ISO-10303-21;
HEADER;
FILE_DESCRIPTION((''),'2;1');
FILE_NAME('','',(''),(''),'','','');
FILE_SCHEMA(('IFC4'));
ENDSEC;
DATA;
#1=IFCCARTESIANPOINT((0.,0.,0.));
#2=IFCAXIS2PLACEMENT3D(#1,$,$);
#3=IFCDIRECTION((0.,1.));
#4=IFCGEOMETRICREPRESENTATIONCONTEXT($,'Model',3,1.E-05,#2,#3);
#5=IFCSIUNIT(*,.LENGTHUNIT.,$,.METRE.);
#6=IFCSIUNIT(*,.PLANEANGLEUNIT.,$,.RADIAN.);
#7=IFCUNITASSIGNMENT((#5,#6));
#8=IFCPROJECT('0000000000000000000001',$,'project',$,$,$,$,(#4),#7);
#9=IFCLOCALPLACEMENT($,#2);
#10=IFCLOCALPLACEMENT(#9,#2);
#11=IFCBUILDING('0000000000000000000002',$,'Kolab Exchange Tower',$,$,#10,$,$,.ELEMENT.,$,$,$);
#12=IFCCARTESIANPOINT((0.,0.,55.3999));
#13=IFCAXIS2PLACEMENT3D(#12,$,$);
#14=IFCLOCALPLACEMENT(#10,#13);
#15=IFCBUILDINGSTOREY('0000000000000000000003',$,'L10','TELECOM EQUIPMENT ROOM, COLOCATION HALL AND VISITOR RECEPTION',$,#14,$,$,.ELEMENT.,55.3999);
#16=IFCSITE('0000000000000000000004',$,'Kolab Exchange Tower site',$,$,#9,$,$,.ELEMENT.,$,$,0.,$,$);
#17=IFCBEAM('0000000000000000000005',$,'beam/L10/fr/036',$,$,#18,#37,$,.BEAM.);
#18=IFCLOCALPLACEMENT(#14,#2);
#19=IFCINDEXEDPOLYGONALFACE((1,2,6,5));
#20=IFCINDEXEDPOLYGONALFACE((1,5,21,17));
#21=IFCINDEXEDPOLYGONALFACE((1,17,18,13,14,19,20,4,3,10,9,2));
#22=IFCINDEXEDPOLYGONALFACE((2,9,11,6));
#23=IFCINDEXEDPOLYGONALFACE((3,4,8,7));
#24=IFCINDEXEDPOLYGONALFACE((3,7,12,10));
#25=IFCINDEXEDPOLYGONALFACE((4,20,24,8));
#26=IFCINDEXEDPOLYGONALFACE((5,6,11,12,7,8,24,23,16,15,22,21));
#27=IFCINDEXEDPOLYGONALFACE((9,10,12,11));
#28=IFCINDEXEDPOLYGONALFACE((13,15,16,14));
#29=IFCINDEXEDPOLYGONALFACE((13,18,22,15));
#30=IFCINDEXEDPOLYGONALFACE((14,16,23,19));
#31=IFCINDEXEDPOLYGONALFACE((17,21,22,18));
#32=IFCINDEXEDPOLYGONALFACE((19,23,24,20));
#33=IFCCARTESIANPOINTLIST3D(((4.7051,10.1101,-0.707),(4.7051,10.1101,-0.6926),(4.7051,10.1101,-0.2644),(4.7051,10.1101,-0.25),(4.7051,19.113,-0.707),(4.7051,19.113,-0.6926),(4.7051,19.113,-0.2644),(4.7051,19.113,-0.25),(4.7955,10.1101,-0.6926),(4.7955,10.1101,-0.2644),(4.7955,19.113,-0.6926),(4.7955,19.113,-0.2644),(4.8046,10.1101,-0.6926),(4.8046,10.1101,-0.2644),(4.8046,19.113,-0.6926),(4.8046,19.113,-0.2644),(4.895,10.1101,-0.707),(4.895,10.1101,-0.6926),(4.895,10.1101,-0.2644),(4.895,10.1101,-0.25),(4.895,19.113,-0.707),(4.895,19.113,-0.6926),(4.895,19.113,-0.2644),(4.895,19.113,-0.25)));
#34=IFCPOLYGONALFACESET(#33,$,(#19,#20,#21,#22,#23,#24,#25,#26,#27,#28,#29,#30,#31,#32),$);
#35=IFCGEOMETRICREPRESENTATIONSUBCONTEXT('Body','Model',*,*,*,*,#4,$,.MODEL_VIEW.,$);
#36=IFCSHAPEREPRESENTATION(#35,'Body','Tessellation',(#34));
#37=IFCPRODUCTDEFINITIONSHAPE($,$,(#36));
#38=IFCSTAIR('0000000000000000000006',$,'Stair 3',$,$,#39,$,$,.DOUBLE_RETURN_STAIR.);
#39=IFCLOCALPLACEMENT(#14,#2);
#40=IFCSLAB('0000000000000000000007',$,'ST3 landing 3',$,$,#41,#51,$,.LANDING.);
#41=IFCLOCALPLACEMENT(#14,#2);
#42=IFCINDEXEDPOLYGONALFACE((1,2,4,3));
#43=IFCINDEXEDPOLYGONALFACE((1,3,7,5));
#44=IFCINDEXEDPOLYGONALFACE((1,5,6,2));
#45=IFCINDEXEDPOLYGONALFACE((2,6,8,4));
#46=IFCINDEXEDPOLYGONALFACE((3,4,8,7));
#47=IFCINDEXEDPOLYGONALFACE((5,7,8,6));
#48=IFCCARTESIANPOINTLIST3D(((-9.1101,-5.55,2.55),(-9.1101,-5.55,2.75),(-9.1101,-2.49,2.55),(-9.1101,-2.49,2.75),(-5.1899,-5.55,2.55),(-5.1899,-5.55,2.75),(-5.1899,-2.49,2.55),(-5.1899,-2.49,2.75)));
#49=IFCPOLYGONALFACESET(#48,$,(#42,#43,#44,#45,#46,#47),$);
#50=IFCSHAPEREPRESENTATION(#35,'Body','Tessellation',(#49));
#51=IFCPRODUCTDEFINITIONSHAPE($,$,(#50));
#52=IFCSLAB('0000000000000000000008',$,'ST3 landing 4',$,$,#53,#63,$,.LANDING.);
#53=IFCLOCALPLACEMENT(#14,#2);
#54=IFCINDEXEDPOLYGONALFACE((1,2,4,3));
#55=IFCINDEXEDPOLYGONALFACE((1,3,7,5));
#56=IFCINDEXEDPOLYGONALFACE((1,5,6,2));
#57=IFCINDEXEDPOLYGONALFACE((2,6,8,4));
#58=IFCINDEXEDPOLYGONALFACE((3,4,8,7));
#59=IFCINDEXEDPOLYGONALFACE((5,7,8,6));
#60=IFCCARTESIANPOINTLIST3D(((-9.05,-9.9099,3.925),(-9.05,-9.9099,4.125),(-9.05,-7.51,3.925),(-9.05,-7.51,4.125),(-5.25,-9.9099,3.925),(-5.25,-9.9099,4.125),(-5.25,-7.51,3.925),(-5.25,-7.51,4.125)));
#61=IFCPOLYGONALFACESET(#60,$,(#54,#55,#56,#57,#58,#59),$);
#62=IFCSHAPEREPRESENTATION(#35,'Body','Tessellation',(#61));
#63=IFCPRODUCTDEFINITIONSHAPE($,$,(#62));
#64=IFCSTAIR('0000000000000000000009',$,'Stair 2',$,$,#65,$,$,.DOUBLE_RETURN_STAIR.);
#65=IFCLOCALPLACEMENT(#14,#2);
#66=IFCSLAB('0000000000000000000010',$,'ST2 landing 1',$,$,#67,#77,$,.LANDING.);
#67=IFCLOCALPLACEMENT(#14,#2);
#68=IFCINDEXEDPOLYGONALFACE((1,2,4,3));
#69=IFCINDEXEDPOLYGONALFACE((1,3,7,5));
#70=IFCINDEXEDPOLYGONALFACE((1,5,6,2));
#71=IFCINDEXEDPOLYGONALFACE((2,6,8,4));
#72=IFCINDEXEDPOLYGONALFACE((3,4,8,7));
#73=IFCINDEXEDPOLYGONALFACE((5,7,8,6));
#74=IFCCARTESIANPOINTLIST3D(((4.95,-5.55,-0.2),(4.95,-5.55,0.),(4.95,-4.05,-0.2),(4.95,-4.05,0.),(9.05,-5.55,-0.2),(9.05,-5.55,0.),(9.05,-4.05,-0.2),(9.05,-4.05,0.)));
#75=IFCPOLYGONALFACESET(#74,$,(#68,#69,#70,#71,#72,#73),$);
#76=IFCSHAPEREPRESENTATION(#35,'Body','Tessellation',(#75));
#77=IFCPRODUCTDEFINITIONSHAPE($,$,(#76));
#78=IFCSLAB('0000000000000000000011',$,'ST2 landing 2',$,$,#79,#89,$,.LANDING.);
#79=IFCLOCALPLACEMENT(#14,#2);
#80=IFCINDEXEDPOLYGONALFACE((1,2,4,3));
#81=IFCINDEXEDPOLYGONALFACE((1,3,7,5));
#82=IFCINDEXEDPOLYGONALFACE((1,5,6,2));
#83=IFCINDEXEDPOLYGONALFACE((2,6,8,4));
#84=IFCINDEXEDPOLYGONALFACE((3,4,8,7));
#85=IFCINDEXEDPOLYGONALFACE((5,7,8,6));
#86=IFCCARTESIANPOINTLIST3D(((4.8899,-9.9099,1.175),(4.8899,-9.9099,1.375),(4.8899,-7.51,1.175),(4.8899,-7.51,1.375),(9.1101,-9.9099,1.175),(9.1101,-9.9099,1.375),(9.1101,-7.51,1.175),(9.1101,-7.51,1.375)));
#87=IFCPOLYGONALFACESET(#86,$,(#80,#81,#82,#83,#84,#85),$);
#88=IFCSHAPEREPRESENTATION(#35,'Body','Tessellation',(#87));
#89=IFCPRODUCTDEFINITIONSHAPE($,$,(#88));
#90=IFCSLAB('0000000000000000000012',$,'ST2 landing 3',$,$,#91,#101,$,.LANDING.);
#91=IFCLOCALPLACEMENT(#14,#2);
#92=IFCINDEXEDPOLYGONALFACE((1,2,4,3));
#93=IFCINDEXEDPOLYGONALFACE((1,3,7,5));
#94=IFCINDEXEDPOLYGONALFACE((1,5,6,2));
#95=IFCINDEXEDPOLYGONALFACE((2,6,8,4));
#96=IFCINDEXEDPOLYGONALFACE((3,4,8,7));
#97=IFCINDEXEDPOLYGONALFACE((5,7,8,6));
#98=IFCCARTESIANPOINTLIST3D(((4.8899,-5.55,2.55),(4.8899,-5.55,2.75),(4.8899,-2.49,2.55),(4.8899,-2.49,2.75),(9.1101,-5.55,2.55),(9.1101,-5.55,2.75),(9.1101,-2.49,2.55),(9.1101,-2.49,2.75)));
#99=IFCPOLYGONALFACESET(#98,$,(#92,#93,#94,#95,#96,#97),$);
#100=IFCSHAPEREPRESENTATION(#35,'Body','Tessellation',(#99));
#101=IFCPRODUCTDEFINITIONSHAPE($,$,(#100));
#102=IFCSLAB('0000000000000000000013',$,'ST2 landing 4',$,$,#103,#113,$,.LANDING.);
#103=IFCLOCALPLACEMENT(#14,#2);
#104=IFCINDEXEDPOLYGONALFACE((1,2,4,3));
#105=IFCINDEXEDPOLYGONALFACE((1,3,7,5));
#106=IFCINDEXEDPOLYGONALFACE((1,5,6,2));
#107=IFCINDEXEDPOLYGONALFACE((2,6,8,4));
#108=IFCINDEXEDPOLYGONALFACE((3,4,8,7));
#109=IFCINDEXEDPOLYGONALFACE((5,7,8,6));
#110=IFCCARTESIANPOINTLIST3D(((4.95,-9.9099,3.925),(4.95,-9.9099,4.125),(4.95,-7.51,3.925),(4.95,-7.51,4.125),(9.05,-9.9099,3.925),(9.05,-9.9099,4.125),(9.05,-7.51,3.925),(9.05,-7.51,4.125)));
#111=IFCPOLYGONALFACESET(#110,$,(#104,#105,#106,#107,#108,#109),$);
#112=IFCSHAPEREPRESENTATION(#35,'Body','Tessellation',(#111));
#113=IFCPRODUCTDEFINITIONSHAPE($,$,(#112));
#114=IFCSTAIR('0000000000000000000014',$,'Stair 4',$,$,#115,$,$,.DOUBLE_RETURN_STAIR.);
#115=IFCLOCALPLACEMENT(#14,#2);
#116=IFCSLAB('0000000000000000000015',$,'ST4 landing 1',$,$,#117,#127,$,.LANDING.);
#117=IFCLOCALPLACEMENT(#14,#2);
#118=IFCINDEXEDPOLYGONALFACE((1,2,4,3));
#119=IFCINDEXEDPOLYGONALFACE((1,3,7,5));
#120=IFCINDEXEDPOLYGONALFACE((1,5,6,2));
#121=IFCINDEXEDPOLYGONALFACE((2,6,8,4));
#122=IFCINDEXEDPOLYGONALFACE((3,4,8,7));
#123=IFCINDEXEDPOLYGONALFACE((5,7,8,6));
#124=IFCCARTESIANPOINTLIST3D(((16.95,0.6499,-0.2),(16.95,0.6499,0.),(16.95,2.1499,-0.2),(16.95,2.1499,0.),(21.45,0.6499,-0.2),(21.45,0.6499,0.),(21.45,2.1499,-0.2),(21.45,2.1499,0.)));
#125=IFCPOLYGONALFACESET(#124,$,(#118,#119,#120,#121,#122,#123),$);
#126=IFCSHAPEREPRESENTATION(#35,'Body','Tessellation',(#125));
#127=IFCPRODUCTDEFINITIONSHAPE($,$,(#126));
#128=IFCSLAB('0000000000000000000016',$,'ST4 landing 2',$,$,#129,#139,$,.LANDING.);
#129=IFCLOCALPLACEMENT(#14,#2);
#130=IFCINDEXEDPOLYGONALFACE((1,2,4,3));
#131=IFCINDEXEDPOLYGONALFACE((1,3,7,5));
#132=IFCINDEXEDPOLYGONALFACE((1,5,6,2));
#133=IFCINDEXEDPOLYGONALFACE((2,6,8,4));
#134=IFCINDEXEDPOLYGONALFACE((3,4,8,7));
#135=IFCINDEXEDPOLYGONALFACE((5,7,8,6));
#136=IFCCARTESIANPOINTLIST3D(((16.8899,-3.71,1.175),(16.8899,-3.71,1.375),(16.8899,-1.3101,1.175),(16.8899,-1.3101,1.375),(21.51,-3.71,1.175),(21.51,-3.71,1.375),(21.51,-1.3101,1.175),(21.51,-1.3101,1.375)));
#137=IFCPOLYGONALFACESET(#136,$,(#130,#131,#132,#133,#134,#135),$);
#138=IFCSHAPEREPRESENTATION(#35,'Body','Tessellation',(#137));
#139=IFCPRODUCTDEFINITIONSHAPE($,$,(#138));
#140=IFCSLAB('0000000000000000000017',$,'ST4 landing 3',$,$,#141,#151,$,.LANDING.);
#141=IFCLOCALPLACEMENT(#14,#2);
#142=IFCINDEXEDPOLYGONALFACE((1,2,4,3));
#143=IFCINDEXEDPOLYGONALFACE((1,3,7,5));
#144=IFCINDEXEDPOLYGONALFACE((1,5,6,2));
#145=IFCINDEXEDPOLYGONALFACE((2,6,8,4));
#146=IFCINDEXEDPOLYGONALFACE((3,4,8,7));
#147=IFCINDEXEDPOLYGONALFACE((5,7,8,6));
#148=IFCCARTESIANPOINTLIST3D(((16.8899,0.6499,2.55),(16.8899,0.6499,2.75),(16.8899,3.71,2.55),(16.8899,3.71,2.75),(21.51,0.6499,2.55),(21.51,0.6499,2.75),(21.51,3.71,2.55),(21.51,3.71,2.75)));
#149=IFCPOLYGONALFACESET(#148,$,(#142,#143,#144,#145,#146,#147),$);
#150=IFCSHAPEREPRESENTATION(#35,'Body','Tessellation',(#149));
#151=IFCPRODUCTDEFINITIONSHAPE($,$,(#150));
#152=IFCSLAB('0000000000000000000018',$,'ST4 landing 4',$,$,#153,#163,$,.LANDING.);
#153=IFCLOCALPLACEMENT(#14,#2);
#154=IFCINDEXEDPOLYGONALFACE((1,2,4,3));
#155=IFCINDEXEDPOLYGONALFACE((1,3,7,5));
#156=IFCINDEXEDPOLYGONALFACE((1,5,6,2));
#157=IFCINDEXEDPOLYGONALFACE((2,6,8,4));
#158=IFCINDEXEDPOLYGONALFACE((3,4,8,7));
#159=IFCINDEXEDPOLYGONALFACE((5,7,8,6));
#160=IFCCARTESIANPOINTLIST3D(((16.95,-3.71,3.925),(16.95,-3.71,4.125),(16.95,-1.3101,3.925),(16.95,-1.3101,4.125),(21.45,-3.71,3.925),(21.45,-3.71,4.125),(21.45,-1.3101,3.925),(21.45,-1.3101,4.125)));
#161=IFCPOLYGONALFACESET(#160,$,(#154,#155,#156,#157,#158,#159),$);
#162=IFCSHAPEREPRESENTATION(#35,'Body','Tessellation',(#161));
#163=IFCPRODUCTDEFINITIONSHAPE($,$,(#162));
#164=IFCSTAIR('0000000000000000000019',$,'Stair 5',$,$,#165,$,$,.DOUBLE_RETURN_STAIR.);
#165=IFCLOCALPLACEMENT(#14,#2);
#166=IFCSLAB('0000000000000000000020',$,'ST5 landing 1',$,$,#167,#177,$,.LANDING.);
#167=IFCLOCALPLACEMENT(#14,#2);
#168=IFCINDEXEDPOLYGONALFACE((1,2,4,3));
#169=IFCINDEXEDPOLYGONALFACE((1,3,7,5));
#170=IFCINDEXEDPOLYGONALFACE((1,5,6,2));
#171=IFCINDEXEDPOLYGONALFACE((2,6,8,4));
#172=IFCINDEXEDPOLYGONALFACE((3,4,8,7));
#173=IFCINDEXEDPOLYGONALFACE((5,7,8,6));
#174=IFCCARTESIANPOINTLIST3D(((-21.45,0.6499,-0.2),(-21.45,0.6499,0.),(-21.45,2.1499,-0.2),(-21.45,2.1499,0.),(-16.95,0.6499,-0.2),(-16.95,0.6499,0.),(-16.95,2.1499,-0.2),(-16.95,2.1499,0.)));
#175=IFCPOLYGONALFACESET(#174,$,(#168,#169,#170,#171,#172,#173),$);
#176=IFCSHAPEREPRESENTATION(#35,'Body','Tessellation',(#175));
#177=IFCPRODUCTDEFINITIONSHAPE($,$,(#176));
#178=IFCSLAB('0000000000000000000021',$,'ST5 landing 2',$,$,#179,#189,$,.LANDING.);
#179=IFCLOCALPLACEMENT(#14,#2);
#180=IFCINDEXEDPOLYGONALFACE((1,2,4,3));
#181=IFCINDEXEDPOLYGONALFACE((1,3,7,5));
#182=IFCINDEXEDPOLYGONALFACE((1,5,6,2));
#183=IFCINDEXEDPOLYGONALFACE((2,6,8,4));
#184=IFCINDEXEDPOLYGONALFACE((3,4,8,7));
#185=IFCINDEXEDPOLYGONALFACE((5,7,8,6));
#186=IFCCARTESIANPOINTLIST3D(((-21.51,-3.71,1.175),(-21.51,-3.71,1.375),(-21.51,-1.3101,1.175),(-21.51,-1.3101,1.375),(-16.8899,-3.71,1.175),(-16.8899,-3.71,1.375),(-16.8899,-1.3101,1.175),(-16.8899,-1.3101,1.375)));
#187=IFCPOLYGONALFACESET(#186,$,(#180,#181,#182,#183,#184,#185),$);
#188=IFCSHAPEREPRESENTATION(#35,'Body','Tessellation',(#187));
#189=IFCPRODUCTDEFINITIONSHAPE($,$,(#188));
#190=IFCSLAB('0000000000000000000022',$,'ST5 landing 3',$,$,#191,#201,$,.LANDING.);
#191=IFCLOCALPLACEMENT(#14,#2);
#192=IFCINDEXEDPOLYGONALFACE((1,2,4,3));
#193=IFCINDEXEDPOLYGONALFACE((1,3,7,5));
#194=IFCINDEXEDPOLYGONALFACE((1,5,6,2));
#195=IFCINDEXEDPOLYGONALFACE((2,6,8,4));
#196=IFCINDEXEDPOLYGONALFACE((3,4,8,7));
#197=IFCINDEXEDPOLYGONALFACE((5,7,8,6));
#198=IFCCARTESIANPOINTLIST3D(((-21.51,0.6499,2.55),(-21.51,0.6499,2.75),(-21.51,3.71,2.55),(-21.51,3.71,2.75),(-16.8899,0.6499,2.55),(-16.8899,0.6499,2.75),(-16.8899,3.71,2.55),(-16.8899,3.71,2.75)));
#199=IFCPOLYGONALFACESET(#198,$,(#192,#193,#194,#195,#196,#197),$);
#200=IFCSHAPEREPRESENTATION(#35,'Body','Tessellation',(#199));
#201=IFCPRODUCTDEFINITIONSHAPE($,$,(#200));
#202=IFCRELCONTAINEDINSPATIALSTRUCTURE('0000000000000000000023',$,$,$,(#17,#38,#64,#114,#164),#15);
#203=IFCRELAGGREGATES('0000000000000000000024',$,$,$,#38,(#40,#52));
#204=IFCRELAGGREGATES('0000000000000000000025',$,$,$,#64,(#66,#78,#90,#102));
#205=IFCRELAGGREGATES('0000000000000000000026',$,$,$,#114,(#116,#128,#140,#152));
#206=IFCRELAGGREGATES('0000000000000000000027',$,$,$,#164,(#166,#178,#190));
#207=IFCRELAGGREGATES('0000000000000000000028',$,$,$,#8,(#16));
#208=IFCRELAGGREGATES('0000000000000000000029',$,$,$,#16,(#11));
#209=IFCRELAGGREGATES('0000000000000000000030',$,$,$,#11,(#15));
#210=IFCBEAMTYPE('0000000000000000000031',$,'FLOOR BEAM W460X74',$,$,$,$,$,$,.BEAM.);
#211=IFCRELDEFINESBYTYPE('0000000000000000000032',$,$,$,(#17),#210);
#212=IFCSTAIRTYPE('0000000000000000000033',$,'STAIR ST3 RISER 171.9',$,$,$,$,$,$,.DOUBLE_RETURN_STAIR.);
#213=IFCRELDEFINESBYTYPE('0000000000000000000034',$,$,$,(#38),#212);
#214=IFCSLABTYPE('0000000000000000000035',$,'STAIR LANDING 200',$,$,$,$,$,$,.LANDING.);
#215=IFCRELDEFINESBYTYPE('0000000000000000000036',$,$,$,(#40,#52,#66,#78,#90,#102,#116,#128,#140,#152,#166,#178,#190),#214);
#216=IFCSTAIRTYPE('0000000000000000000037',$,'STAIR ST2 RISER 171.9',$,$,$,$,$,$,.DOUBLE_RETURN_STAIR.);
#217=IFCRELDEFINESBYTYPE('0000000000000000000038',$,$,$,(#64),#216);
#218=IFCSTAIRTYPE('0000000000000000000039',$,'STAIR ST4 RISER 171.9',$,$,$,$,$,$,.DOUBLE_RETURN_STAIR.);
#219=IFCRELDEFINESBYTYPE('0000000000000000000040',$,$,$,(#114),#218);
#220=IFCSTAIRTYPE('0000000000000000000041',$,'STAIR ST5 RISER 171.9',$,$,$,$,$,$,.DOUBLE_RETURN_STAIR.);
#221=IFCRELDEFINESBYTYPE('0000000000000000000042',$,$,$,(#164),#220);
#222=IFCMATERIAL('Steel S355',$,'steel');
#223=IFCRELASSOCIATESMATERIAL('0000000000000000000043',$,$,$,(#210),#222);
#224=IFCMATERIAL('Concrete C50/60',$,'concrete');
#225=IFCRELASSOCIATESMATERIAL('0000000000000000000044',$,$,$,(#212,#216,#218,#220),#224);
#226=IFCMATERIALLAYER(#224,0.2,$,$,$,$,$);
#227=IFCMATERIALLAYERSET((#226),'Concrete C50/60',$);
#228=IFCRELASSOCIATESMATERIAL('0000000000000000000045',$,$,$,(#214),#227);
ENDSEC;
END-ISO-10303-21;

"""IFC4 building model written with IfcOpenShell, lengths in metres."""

from ifc_helpers import new_model, si_unit, direction, frame, origin, origin_2d, place, context, subcontext, project, spatial, polyline, i_section, outline, extrude, material, layer, layer_set, material_profile, profile_set, type_object, element, aggregate, save


model = new_model("IFC4")

# Units and contexts
model_context = context("Model", 3, precision=1e-05, world=origin(), true_north=direction((0.0, 1.0)))
body_context = subcontext(model_context, "Body", "Model", "MODEL_VIEW")
ifc_project = project(units=[si_unit("LENGTHUNIT", "METRE"), si_unit("PLANEANGLEUNIT", "RADIAN")], contexts=[model_context])

# Site, building, storey
site_placement = place(None, origin())
site = spatial("IfcSite", under=ifc_project, at=site_placement, Name="Kolab Exchange Tower site", CompositionType="ELEMENT", RefElevation=0.0)
building_placement = place(site_placement, origin())
building = spatial("IfcBuilding", under=site, at=building_placement, Name="Kolab Exchange Tower", CompositionType="ELEMENT")
storey_placement = place(building_placement, frame((0.0, 0.0, 55.3999)))
storey = spatial("IfcBuildingStorey", under=building, at=storey_placement, Name="L10", Description="TELECOM EQUIPMENT ROOM, COLOCATION HALL AND VISITOR RECEPTION", CompositionType="ELEMENT", Elevation=55.3999)

# Beam
ifc_material_1 = material(Name="Steel S355", Category="steel")
ifc_material_profile = material_profile(ifc_material_1, i_section(OverallWidth=0.1899, OverallDepth=0.457, WebThickness=0.009, FlangeThickness=0.0144, at=origin_2d()), Name="W460X74")
ifc_profile_set = profile_set([ifc_material_profile], Name="Steel S355")
beam_type = type_object("IfcBeamType", Name="FLOOR BEAM W460X74", PredefinedType="BEAM", material=ifc_profile_set)
beam_placement = place(storey_placement, frame((4.8, 10.1101, -0.4785), z_axis=(0.0, 1.0, 0.0), x_axis=(-1.0, 0.0, 0.0)))
element("IfcBeam", 1, at=beam_placement, inside=storey, type_object=beam_type, Name="beam/L10/fr/036", PredefinedType="BEAM", context=body_context, shape_type="SweptSolid", body=[
    extrude(i_section(OverallWidth=0.1899, OverallDepth=0.457, WebThickness=0.009, FlangeThickness=0.0144, at=origin_2d()), origin(), (0.0, 0.0, 1.0), 9.0029),
])

# Stairs, slabs
ifc_material_2 = material(Name="Concrete C50/60", Category="concrete")
stair_type_1 = type_object("IfcStairType", Name="STAIR ST3 RISER 171.9", PredefinedType="DOUBLE_RETURN_STAIR", material=ifc_material_2)
stair_1_placement = place(storey_placement, origin())
stair_1 = element("IfcStair", 2, at=stair_1_placement, inside=storey, type_object=stair_type_1, Name="Stair 3", PredefinedType="DOUBLE_RETURN_STAIR")
ifc_layer_1 = layer(ifc_material_2, 0.2)
ifc_layer_set_1 = layer_set([ifc_layer_1], Name="Concrete C50/60")
slab_type = type_object("IfcSlabType", Name="STAIR LANDING 200", PredefinedType="LANDING", material=ifc_layer_set_1)
slab_1_placement = place(storey_placement, frame((0.0, 0.0, 2.55)))
slab_1 = element("IfcSlab", 3, at=slab_1_placement, type_object=slab_type, Name="ST3 landing 3", PredefinedType="LANDING", context=body_context, shape_type="SweptSolid", body=[
    extrude(outline(polyline([(-9.1101, -5.55), (-5.1899, -5.55), (-5.1899, -2.49), (-9.1101, -2.49), (-9.1101, -5.55)])), origin(), (0.0, 0.0, 1.0), 0.2),
])
slab_2_placement = place(storey_placement, frame((0.0, 0.0, 3.925)))
slab_2 = element("IfcSlab", 4, at=slab_2_placement, type_object=slab_type, Name="ST3 landing 4", PredefinedType="LANDING", context=body_context, shape_type="SweptSolid", body=[
    extrude(outline(polyline([(-9.05, -9.9099), (-5.25, -9.9099), (-5.25, -7.51), (-9.05, -7.51), (-9.05, -9.9099)])), origin(), (0.0, 0.0, 1.0), 0.2),
])
aggregate(stair_1, [slab_1, slab_2])
stair_type_2 = type_object("IfcStairType", Name="STAIR ST2 RISER 171.9", PredefinedType="DOUBLE_RETURN_STAIR", material=ifc_material_2)
stair_2_placement = place(storey_placement, origin())
stair_2 = element("IfcStair", 5, at=stair_2_placement, inside=storey, type_object=stair_type_2, Name="Stair 2", PredefinedType="DOUBLE_RETURN_STAIR")
slab_3_placement = place(storey_placement, frame((0.0, 0.0, -0.2)))
slab_3 = element("IfcSlab", 6, at=slab_3_placement, type_object=slab_type, Name="ST2 landing 1", PredefinedType="LANDING", context=body_context, shape_type="SweptSolid", body=[
    extrude(outline(polyline([(4.95, -5.55), (9.05, -5.55), (9.05, -4.05), (4.95, -4.05), (4.95, -5.55)])), origin(), (0.0, 0.0, 1.0), 0.2),
])
slab_4_placement = place(storey_placement, frame((0.0, 0.0, 1.175)))
slab_4 = element("IfcSlab", 7, at=slab_4_placement, type_object=slab_type, Name="ST2 landing 2", PredefinedType="LANDING", context=body_context, shape_type="SweptSolid", body=[
    extrude(outline(polyline([(4.8899, -9.9099), (9.1101, -9.9099), (9.1101, -7.51), (4.8899, -7.51), (4.8899, -9.9099)])), origin(), (0.0, 0.0, 1.0), 0.2),
])
slab_5_placement = place(storey_placement, frame((0.0, 0.0, 2.55)))
slab_5 = element("IfcSlab", 8, at=slab_5_placement, type_object=slab_type, Name="ST2 landing 3", PredefinedType="LANDING", context=body_context, shape_type="SweptSolid", body=[
    extrude(outline(polyline([(4.8899, -5.55), (9.1101, -5.55), (9.1101, -2.49), (4.8899, -2.49), (4.8899, -5.55)])), origin(), (0.0, 0.0, 1.0), 0.2),
])
slab_6_placement = place(storey_placement, frame((0.0, 0.0, 3.925)))
slab_6 = element("IfcSlab", 9, at=slab_6_placement, type_object=slab_type, Name="ST2 landing 4", PredefinedType="LANDING", context=body_context, shape_type="SweptSolid", body=[
    extrude(outline(polyline([(4.95, -9.9099), (9.05, -9.9099), (9.05, -7.51), (4.95, -7.51), (4.95, -9.9099)])), origin(), (0.0, 0.0, 1.0), 0.2),
])
aggregate(stair_2, [slab_3, slab_4, slab_5, slab_6])
stair_type_3 = type_object("IfcStairType", Name="STAIR ST4 RISER 171.9", PredefinedType="DOUBLE_RETURN_STAIR", material=ifc_material_2)
stair_3_placement = place(storey_placement, origin())
stair_3 = element("IfcStair", 10, at=stair_3_placement, inside=storey, type_object=stair_type_3, Name="Stair 4", PredefinedType="DOUBLE_RETURN_STAIR")
slab_7_placement = place(storey_placement, frame((0.0, 0.0, -0.2)))
slab_7 = element("IfcSlab", 11, at=slab_7_placement, type_object=slab_type, Name="ST4 landing 1", PredefinedType="LANDING", context=body_context, shape_type="SweptSolid", body=[
    extrude(outline(polyline([(16.95, 0.6499), (21.45, 0.6499), (21.45, 2.1499), (16.95, 2.1499), (16.95, 0.6499)])), origin(), (0.0, 0.0, 1.0), 0.2),
])
slab_8_placement = place(storey_placement, frame((0.0, 0.0, 1.175)))
slab_8 = element("IfcSlab", 12, at=slab_8_placement, type_object=slab_type, Name="ST4 landing 2", PredefinedType="LANDING", context=body_context, shape_type="SweptSolid", body=[
    extrude(outline(polyline([(16.8899, -3.71), (21.51, -3.71), (21.51, -1.3101), (16.8899, -1.3101), (16.8899, -3.71)])), origin(), (0.0, 0.0, 1.0), 0.2),
])
slab_9_placement = place(storey_placement, frame((0.0, 0.0, 2.55)))
slab_9 = element("IfcSlab", 13, at=slab_9_placement, type_object=slab_type, Name="ST4 landing 3", PredefinedType="LANDING", context=body_context, shape_type="SweptSolid", body=[
    extrude(outline(polyline([(16.8899, 0.6499), (21.51, 0.6499), (21.51, 3.71), (16.8899, 3.71), (16.8899, 0.6499)])), origin(), (0.0, 0.0, 1.0), 0.2),
])
slab_10_placement = place(storey_placement, frame((0.0, 0.0, 3.925)))
slab_10 = element("IfcSlab", 14, at=slab_10_placement, type_object=slab_type, Name="ST4 landing 4", PredefinedType="LANDING", context=body_context, shape_type="SweptSolid", body=[
    extrude(outline(polyline([(16.95, -3.71), (21.45, -3.71), (21.45, -1.3101), (16.95, -1.3101), (16.95, -3.71)])), origin(), (0.0, 0.0, 1.0), 0.2),
])
aggregate(stair_3, [slab_7, slab_8, slab_9, slab_10])
stair_type_4 = type_object("IfcStairType", Name="STAIR ST5 RISER 171.9", PredefinedType="DOUBLE_RETURN_STAIR", material=ifc_material_2)
stair_4_placement = place(storey_placement, origin())
stair_4 = element("IfcStair", 15, at=stair_4_placement, inside=storey, type_object=stair_type_4, Name="Stair 5", PredefinedType="DOUBLE_RETURN_STAIR")
slab_11_placement = place(storey_placement, frame((0.0, 0.0, -0.2)))
slab_11 = element("IfcSlab", 16, at=slab_11_placement, type_object=slab_type, Name="ST5 landing 1", PredefinedType="LANDING", context=body_context, shape_type="SweptSolid", body=[
    extrude(outline(polyline([(-21.45, 0.6499), (-16.95, 0.6499), (-16.95, 2.1499), (-21.45, 2.1499), (-21.45, 0.6499)])), origin(), (0.0, 0.0, 1.0), 0.2),
])
slab_12_placement = place(storey_placement, frame((0.0, 0.0, 1.175)))
slab_12 = element("IfcSlab", 17, at=slab_12_placement, type_object=slab_type, Name="ST5 landing 2", PredefinedType="LANDING", context=body_context, shape_type="SweptSolid", body=[
    extrude(outline(polyline([(-21.51, -3.71), (-16.8899, -3.71), (-16.8899, -1.3101), (-21.51, -1.3101), (-21.51, -3.71)])), origin(), (0.0, 0.0, 1.0), 0.2),
])
slab_13_placement = place(storey_placement, frame((0.0, 0.0, 2.55)))
slab_13 = element("IfcSlab", 18, at=slab_13_placement, type_object=slab_type, Name="ST5 landing 3", PredefinedType="LANDING", context=body_context, shape_type="SweptSolid", body=[
    extrude(outline(polyline([(-21.51, 0.6499), (-16.8899, 0.6499), (-16.8899, 3.71), (-21.51, 3.71), (-21.51, 0.6499)])), origin(), (0.0, 0.0, 1.0), 0.2),
])
aggregate(stair_4, [slab_11, slab_12, slab_13])

save(model, "model.ifc")
